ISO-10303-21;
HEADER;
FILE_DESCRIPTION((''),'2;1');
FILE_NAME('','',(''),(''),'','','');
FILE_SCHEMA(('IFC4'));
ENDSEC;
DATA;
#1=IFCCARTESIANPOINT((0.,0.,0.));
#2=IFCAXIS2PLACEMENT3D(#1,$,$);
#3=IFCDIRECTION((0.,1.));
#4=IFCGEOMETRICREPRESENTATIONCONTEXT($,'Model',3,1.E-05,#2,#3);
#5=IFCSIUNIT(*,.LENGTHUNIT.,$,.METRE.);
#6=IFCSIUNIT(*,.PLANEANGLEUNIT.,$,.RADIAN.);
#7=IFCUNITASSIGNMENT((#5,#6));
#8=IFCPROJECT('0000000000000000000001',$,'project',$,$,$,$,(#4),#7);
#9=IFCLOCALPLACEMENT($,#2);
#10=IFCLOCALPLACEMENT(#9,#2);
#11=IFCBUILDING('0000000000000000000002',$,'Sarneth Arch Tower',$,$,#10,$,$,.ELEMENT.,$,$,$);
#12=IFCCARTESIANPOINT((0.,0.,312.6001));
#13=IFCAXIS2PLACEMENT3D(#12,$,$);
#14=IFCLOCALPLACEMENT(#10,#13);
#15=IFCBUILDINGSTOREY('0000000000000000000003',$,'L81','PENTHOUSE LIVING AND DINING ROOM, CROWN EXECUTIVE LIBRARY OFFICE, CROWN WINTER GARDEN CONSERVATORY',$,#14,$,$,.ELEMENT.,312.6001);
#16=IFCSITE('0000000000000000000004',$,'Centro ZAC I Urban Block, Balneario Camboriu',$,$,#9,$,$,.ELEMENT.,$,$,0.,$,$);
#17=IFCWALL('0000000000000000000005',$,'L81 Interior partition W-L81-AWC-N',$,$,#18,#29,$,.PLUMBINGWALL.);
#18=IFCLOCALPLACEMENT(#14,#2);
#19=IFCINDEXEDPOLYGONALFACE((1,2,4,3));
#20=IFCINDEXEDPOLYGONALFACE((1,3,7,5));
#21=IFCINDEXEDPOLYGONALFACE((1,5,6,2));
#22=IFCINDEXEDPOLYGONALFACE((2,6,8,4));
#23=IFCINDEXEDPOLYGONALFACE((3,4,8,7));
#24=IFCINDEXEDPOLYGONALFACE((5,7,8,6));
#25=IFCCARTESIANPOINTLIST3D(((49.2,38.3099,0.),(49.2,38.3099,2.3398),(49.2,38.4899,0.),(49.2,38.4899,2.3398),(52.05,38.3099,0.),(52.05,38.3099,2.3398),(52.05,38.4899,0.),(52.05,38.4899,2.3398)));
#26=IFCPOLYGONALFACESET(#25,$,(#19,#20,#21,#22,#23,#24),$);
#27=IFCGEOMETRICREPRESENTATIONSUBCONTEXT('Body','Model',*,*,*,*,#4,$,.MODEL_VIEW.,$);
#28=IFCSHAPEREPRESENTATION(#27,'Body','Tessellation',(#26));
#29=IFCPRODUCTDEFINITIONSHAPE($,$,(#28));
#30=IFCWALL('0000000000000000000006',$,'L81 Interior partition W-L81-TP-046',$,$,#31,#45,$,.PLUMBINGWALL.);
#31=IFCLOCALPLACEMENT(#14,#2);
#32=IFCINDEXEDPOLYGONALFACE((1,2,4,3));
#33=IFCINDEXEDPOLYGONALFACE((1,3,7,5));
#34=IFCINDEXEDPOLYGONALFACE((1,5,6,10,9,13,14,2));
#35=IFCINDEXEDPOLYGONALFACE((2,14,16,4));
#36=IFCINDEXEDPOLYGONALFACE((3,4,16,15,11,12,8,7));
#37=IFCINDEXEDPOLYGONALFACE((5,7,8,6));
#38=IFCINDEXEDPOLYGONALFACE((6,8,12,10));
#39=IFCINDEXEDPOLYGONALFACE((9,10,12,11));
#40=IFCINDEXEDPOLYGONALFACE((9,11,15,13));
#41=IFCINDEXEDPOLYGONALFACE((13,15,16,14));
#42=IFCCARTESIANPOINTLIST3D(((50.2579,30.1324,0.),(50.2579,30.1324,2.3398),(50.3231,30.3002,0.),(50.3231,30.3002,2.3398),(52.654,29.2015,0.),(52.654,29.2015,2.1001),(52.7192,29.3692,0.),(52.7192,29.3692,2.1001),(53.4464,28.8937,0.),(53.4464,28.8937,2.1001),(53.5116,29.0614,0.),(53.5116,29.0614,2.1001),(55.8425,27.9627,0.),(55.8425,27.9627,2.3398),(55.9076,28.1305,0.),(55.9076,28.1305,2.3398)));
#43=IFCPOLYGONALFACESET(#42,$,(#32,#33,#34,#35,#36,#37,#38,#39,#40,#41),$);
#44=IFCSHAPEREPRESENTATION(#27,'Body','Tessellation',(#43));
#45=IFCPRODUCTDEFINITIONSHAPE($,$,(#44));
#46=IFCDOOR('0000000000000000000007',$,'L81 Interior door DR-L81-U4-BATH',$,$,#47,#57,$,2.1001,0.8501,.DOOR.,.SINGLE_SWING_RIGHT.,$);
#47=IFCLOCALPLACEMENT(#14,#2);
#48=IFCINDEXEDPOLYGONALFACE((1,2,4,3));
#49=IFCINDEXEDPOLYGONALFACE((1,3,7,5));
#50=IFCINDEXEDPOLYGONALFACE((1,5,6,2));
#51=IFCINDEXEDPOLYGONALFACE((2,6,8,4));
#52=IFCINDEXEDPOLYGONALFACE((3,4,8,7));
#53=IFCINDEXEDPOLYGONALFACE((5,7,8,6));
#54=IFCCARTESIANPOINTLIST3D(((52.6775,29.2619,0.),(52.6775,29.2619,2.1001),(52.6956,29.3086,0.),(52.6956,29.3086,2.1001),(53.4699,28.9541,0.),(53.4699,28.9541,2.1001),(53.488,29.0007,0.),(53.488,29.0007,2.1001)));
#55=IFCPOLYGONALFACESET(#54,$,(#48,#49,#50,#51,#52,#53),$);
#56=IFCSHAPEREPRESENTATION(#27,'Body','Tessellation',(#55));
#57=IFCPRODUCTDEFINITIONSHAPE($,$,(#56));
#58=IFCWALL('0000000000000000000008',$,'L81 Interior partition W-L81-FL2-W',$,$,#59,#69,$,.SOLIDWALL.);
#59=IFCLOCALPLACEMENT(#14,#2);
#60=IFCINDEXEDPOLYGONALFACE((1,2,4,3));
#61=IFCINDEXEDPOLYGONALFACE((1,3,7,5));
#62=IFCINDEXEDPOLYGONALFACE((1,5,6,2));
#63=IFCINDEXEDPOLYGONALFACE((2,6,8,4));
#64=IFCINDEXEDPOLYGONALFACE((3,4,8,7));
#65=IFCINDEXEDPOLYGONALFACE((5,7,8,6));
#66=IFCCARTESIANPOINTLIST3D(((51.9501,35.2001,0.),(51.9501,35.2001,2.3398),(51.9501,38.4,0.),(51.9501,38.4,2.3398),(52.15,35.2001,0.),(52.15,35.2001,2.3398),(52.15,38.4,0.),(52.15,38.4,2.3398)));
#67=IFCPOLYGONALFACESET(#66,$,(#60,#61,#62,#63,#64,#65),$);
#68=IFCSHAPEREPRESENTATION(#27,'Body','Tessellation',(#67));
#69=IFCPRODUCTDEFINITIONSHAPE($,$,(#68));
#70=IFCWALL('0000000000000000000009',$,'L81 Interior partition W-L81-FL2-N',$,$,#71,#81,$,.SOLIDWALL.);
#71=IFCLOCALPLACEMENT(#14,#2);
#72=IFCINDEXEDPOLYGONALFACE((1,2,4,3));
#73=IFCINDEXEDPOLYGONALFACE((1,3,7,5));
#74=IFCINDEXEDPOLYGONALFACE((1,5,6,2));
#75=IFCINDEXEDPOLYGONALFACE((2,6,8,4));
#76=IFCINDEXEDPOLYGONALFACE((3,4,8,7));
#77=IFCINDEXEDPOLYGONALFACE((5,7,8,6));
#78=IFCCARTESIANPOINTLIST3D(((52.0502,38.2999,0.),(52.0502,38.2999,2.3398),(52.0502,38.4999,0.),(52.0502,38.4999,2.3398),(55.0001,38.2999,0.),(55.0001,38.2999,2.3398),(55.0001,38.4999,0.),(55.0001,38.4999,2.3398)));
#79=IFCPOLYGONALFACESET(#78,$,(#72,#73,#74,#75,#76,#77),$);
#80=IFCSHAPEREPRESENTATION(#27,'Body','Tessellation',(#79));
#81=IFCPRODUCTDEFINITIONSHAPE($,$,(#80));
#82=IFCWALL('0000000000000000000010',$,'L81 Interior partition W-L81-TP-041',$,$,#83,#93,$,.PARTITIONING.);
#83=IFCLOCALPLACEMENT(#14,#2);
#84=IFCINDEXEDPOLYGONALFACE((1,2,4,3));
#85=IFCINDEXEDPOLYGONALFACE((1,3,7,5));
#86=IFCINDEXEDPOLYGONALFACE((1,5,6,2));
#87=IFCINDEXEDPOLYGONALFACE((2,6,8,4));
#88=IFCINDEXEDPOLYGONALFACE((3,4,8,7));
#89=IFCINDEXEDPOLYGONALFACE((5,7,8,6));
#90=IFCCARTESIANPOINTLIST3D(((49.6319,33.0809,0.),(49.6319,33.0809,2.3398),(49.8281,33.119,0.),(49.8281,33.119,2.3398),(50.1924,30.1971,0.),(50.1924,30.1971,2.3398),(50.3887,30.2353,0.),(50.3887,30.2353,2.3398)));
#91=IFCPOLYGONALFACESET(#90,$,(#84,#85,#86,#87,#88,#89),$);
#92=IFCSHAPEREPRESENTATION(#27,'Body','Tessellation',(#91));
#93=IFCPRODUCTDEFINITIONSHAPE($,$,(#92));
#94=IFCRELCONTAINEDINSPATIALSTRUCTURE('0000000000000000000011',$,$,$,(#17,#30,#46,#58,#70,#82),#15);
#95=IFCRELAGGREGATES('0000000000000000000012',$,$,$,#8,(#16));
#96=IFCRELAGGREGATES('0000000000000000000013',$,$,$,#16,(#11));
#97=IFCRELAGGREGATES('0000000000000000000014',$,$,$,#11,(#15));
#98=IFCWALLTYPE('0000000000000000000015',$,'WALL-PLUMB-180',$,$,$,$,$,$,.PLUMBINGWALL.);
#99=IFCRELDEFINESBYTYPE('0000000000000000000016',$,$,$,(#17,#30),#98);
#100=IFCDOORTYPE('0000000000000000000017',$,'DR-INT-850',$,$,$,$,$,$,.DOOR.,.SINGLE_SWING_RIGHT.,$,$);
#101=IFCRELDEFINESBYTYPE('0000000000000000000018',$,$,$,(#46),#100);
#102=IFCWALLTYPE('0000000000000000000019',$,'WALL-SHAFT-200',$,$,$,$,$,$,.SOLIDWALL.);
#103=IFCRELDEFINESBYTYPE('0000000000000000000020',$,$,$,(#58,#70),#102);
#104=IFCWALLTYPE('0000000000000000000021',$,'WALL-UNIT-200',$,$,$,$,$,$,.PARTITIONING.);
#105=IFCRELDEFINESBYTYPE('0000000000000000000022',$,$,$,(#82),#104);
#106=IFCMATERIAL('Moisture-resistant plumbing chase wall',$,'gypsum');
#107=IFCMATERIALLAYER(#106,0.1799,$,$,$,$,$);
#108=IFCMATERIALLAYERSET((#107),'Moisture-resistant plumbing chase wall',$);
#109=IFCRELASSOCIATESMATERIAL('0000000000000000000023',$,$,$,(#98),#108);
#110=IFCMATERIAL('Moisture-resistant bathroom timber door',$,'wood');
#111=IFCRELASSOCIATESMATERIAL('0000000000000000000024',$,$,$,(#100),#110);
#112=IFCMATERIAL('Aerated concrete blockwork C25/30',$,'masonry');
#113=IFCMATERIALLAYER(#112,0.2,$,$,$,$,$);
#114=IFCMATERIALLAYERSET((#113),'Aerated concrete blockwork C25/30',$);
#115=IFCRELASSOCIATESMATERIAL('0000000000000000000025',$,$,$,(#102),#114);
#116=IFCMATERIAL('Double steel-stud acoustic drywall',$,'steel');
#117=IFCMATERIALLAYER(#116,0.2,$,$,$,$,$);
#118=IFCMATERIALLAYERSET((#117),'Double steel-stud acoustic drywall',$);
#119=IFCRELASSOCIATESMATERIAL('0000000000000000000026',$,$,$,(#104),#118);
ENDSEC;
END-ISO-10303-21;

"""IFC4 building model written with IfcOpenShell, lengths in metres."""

from ifc_helpers import new_model, si_unit, direction, frame, frame_2d, origin, place, context, subcontext, project, spatial, rectangle, extrude, material, layer, layer_set, type_object, element, fill, save


model = new_model("IFC4")

# Units and contexts
model_context = context("Model", 3, precision=1e-05, world=origin(), true_north=direction((0.0, 1.0)))
body_context = subcontext(model_context, "Body", "Model", "MODEL_VIEW")
ifc_project = project(units=[si_unit("LENGTHUNIT", "METRE"), si_unit("PLANEANGLEUNIT", "RADIAN")], contexts=[model_context])

# Site, building, storey
site_placement = place(None, origin())
site = spatial("IfcSite", under=ifc_project, at=site_placement, Name="Centro ZAC I Urban Block, Balneario Camboriu", CompositionType="ELEMENT", RefElevation=0.0)
building_placement = place(site_placement, origin())
building = spatial("IfcBuilding", under=site, at=building_placement, Name="Sarneth Arch Tower", CompositionType="ELEMENT")
storey_placement = place(building_placement, frame((0.0, 0.0, 312.6001)))
storey = spatial("IfcBuildingStorey", under=building, at=storey_placement, Name="L81", Description="PENTHOUSE LIVING AND DINING ROOM, CROWN EXECUTIVE LIBRARY OFFICE, CROWN WINTER GARDEN CONSERVATORY", CompositionType="ELEMENT", Elevation=312.6001)

# Wall
ifc_material_1 = material(Name="Moisture-resistant plumbing chase wall", Category="gypsum")
ifc_layer_1 = layer(ifc_material_1, 0.1799)
ifc_layer_set_1 = layer_set([ifc_layer_1], Name="Moisture-resistant plumbing chase wall")
wall_type_1 = type_object("IfcWallType", Name="WALL-PLUMB-180", PredefinedType="PLUMBINGWALL", material=ifc_layer_set_1)
for number, where, z_axis, x_axis, name in (
    (1, (49.2, 38.3999, 0.0), (0.0, 0.0, 1.0), (1.0, 0.0, 0.0), "L81 Interior partition W-L81-AWC-N"),
):
    element("IfcWall", number, at=place(storey_placement, frame(where, z_axis=z_axis, x_axis=x_axis)), inside=storey, type_object=wall_type_1, Name=name, PredefinedType="PLUMBINGWALL", context=body_context, shape_type="SweptSolid", body=[
        extrude(rectangle(XDim=2.8501, YDim=0.1799, at=frame_2d((1.425, 0.0))), origin(), (0.0, 0.0, 1.0), 2.3398),
    ])

# Shared definitions
ifc_material_2 = material(Name="Moisture-resistant bathroom timber door", Category="wood")
door_type_1 = type_object("IfcDoorType", Name="DR-INT-850", OperationType="SINGLE_SWING_RIGHT", PredefinedType="DOOR", material=ifc_material_2)

# Wall, opening, door
wall_1_placement = place(storey_placement, frame((50.2905, 30.2163, 0.0), z_axis=(0.0, 0.0, 1.0), x_axis=(0.932121, -0.362147, 0.0)))
wall_1 = element("IfcWall", 2, at=wall_1_placement, inside=storey, type_object=wall_type_1, Name="L81 Interior partition W-L81-TP-046", PredefinedType="PLUMBINGWALL", context=body_context, shape_type="SweptSolid", body=[
    extrude(rectangle(XDim=5.9912, YDim=0.1799, at=frame_2d((2.9956, 0.0))), origin(), (0.0, 0.0, 1.0), 2.3398),
])
opening_1_placement = place(wall_1_placement, frame((2.5706, 0.0, 0.0)))
opening_1 = element("IfcOpeningElement", 3, at=opening_1_placement, cuts=wall_1, PredefinedType="OPENING", context=body_context, shape_type="SweptSolid", body=[
    extrude(rectangle(XDim=0.8501, YDim=2.1001, at=frame_2d((0.425, 1.05))), frame((0.0, 0.0999, 0.0), z_axis=(0.0, -1.0, 0.0), x_axis=(1.0, 0.0, 0.0)), (0.0, 0.0, 1.0), 0.2),
])
door_1_placement = place(opening_1_placement, origin())
door_1 = element("IfcDoor", 4, at=door_1_placement, inside=storey, type_object=door_type_1, Name="L81 Interior door DR-L81-U4-BATH", OperationType="SINGLE_SWING_RIGHT", OverallHeight=2.1001, OverallWidth=0.8501, PredefinedType="DOOR", context=body_context, shape_type="SweptSolid", body=[
    extrude(rectangle(XDim=0.8501, YDim=2.1001, at=frame_2d((0.425, 1.05))), frame((0.0, 0.0249, 0.0), z_axis=(0.0, -1.0, 0.0), x_axis=(1.0, 0.0, 0.0)), (0.0, 0.0, 1.0), 0.05),
])
fill(opening_1, door_1)

# Walls
ifc_material_3 = material(Name="Aerated concrete blockwork C25/30", Category="masonry")
ifc_layer_2 = layer(ifc_material_3, 0.2)
ifc_layer_set_2 = layer_set([ifc_layer_2], Name="Aerated concrete blockwork C25/30")
wall_type_2 = type_object("IfcWallType", Name="WALL-SHAFT-200", PredefinedType="SOLIDWALL", material=ifc_layer_set_2)
wall_2_placement = place(storey_placement, frame((52.05, 35.2, 0.0), z_axis=(0.0, 0.0, 1.0), x_axis=(0.0, 1.0, 0.0)))
element("IfcWall", 5, at=wall_2_placement, inside=storey, type_object=wall_type_2, Name="L81 Interior partition W-L81-FL2-W", PredefinedType="SOLIDWALL", context=body_context, shape_type="SweptSolid", body=[
    extrude(rectangle(XDim=3.2, YDim=0.2, at=frame_2d((1.6001, 0.0))), origin(), (0.0, 0.0, 1.0), 2.3398),
])
wall_3_placement = place(storey_placement, frame((52.05, 38.3999, 0.0), z_axis=(0.0, 0.0, 1.0), x_axis=(1.0, 0.0, 0.0)))
element("IfcWall", 6, at=wall_3_placement, inside=storey, type_object=wall_type_2, Name="L81 Interior partition W-L81-FL2-N", PredefinedType="SOLIDWALL", context=body_context, shape_type="SweptSolid", body=[
    extrude(rectangle(XDim=2.95, YDim=0.2, at=frame_2d((1.4751, 0.0))), origin(), (0.0, 0.0, 1.0), 2.3398),
])
ifc_material_4 = material(Name="Double steel-stud acoustic drywall", Category="steel")
ifc_layer_3 = layer(ifc_material_4, 0.2)
ifc_layer_set_3 = layer_set([ifc_layer_3], Name="Double steel-stud acoustic drywall")
wall_type_3 = type_object("IfcWallType", Name="WALL-UNIT-200", PredefinedType="PARTITIONING", material=ifc_layer_set_3)
wall_4_placement = place(storey_placement, frame((50.2905, 30.2163, 0.0), z_axis=(0.0, 0.0, 1.0), x_axis=(-0.190807, 0.981627, 0.0)))
element("IfcWall", 7, at=wall_4_placement, inside=storey, type_object=wall_type_3, Name="L81 Interior partition W-L81-TP-041", PredefinedType="PARTITIONING", context=body_context, shape_type="SweptSolid", body=[
    extrude(rectangle(XDim=2.9377, YDim=0.2, at=frame_2d((1.4688, 0.0))), origin(), (0.0, 0.0, 1.0), 2.3398),
])

save(model, "model.ifc")
